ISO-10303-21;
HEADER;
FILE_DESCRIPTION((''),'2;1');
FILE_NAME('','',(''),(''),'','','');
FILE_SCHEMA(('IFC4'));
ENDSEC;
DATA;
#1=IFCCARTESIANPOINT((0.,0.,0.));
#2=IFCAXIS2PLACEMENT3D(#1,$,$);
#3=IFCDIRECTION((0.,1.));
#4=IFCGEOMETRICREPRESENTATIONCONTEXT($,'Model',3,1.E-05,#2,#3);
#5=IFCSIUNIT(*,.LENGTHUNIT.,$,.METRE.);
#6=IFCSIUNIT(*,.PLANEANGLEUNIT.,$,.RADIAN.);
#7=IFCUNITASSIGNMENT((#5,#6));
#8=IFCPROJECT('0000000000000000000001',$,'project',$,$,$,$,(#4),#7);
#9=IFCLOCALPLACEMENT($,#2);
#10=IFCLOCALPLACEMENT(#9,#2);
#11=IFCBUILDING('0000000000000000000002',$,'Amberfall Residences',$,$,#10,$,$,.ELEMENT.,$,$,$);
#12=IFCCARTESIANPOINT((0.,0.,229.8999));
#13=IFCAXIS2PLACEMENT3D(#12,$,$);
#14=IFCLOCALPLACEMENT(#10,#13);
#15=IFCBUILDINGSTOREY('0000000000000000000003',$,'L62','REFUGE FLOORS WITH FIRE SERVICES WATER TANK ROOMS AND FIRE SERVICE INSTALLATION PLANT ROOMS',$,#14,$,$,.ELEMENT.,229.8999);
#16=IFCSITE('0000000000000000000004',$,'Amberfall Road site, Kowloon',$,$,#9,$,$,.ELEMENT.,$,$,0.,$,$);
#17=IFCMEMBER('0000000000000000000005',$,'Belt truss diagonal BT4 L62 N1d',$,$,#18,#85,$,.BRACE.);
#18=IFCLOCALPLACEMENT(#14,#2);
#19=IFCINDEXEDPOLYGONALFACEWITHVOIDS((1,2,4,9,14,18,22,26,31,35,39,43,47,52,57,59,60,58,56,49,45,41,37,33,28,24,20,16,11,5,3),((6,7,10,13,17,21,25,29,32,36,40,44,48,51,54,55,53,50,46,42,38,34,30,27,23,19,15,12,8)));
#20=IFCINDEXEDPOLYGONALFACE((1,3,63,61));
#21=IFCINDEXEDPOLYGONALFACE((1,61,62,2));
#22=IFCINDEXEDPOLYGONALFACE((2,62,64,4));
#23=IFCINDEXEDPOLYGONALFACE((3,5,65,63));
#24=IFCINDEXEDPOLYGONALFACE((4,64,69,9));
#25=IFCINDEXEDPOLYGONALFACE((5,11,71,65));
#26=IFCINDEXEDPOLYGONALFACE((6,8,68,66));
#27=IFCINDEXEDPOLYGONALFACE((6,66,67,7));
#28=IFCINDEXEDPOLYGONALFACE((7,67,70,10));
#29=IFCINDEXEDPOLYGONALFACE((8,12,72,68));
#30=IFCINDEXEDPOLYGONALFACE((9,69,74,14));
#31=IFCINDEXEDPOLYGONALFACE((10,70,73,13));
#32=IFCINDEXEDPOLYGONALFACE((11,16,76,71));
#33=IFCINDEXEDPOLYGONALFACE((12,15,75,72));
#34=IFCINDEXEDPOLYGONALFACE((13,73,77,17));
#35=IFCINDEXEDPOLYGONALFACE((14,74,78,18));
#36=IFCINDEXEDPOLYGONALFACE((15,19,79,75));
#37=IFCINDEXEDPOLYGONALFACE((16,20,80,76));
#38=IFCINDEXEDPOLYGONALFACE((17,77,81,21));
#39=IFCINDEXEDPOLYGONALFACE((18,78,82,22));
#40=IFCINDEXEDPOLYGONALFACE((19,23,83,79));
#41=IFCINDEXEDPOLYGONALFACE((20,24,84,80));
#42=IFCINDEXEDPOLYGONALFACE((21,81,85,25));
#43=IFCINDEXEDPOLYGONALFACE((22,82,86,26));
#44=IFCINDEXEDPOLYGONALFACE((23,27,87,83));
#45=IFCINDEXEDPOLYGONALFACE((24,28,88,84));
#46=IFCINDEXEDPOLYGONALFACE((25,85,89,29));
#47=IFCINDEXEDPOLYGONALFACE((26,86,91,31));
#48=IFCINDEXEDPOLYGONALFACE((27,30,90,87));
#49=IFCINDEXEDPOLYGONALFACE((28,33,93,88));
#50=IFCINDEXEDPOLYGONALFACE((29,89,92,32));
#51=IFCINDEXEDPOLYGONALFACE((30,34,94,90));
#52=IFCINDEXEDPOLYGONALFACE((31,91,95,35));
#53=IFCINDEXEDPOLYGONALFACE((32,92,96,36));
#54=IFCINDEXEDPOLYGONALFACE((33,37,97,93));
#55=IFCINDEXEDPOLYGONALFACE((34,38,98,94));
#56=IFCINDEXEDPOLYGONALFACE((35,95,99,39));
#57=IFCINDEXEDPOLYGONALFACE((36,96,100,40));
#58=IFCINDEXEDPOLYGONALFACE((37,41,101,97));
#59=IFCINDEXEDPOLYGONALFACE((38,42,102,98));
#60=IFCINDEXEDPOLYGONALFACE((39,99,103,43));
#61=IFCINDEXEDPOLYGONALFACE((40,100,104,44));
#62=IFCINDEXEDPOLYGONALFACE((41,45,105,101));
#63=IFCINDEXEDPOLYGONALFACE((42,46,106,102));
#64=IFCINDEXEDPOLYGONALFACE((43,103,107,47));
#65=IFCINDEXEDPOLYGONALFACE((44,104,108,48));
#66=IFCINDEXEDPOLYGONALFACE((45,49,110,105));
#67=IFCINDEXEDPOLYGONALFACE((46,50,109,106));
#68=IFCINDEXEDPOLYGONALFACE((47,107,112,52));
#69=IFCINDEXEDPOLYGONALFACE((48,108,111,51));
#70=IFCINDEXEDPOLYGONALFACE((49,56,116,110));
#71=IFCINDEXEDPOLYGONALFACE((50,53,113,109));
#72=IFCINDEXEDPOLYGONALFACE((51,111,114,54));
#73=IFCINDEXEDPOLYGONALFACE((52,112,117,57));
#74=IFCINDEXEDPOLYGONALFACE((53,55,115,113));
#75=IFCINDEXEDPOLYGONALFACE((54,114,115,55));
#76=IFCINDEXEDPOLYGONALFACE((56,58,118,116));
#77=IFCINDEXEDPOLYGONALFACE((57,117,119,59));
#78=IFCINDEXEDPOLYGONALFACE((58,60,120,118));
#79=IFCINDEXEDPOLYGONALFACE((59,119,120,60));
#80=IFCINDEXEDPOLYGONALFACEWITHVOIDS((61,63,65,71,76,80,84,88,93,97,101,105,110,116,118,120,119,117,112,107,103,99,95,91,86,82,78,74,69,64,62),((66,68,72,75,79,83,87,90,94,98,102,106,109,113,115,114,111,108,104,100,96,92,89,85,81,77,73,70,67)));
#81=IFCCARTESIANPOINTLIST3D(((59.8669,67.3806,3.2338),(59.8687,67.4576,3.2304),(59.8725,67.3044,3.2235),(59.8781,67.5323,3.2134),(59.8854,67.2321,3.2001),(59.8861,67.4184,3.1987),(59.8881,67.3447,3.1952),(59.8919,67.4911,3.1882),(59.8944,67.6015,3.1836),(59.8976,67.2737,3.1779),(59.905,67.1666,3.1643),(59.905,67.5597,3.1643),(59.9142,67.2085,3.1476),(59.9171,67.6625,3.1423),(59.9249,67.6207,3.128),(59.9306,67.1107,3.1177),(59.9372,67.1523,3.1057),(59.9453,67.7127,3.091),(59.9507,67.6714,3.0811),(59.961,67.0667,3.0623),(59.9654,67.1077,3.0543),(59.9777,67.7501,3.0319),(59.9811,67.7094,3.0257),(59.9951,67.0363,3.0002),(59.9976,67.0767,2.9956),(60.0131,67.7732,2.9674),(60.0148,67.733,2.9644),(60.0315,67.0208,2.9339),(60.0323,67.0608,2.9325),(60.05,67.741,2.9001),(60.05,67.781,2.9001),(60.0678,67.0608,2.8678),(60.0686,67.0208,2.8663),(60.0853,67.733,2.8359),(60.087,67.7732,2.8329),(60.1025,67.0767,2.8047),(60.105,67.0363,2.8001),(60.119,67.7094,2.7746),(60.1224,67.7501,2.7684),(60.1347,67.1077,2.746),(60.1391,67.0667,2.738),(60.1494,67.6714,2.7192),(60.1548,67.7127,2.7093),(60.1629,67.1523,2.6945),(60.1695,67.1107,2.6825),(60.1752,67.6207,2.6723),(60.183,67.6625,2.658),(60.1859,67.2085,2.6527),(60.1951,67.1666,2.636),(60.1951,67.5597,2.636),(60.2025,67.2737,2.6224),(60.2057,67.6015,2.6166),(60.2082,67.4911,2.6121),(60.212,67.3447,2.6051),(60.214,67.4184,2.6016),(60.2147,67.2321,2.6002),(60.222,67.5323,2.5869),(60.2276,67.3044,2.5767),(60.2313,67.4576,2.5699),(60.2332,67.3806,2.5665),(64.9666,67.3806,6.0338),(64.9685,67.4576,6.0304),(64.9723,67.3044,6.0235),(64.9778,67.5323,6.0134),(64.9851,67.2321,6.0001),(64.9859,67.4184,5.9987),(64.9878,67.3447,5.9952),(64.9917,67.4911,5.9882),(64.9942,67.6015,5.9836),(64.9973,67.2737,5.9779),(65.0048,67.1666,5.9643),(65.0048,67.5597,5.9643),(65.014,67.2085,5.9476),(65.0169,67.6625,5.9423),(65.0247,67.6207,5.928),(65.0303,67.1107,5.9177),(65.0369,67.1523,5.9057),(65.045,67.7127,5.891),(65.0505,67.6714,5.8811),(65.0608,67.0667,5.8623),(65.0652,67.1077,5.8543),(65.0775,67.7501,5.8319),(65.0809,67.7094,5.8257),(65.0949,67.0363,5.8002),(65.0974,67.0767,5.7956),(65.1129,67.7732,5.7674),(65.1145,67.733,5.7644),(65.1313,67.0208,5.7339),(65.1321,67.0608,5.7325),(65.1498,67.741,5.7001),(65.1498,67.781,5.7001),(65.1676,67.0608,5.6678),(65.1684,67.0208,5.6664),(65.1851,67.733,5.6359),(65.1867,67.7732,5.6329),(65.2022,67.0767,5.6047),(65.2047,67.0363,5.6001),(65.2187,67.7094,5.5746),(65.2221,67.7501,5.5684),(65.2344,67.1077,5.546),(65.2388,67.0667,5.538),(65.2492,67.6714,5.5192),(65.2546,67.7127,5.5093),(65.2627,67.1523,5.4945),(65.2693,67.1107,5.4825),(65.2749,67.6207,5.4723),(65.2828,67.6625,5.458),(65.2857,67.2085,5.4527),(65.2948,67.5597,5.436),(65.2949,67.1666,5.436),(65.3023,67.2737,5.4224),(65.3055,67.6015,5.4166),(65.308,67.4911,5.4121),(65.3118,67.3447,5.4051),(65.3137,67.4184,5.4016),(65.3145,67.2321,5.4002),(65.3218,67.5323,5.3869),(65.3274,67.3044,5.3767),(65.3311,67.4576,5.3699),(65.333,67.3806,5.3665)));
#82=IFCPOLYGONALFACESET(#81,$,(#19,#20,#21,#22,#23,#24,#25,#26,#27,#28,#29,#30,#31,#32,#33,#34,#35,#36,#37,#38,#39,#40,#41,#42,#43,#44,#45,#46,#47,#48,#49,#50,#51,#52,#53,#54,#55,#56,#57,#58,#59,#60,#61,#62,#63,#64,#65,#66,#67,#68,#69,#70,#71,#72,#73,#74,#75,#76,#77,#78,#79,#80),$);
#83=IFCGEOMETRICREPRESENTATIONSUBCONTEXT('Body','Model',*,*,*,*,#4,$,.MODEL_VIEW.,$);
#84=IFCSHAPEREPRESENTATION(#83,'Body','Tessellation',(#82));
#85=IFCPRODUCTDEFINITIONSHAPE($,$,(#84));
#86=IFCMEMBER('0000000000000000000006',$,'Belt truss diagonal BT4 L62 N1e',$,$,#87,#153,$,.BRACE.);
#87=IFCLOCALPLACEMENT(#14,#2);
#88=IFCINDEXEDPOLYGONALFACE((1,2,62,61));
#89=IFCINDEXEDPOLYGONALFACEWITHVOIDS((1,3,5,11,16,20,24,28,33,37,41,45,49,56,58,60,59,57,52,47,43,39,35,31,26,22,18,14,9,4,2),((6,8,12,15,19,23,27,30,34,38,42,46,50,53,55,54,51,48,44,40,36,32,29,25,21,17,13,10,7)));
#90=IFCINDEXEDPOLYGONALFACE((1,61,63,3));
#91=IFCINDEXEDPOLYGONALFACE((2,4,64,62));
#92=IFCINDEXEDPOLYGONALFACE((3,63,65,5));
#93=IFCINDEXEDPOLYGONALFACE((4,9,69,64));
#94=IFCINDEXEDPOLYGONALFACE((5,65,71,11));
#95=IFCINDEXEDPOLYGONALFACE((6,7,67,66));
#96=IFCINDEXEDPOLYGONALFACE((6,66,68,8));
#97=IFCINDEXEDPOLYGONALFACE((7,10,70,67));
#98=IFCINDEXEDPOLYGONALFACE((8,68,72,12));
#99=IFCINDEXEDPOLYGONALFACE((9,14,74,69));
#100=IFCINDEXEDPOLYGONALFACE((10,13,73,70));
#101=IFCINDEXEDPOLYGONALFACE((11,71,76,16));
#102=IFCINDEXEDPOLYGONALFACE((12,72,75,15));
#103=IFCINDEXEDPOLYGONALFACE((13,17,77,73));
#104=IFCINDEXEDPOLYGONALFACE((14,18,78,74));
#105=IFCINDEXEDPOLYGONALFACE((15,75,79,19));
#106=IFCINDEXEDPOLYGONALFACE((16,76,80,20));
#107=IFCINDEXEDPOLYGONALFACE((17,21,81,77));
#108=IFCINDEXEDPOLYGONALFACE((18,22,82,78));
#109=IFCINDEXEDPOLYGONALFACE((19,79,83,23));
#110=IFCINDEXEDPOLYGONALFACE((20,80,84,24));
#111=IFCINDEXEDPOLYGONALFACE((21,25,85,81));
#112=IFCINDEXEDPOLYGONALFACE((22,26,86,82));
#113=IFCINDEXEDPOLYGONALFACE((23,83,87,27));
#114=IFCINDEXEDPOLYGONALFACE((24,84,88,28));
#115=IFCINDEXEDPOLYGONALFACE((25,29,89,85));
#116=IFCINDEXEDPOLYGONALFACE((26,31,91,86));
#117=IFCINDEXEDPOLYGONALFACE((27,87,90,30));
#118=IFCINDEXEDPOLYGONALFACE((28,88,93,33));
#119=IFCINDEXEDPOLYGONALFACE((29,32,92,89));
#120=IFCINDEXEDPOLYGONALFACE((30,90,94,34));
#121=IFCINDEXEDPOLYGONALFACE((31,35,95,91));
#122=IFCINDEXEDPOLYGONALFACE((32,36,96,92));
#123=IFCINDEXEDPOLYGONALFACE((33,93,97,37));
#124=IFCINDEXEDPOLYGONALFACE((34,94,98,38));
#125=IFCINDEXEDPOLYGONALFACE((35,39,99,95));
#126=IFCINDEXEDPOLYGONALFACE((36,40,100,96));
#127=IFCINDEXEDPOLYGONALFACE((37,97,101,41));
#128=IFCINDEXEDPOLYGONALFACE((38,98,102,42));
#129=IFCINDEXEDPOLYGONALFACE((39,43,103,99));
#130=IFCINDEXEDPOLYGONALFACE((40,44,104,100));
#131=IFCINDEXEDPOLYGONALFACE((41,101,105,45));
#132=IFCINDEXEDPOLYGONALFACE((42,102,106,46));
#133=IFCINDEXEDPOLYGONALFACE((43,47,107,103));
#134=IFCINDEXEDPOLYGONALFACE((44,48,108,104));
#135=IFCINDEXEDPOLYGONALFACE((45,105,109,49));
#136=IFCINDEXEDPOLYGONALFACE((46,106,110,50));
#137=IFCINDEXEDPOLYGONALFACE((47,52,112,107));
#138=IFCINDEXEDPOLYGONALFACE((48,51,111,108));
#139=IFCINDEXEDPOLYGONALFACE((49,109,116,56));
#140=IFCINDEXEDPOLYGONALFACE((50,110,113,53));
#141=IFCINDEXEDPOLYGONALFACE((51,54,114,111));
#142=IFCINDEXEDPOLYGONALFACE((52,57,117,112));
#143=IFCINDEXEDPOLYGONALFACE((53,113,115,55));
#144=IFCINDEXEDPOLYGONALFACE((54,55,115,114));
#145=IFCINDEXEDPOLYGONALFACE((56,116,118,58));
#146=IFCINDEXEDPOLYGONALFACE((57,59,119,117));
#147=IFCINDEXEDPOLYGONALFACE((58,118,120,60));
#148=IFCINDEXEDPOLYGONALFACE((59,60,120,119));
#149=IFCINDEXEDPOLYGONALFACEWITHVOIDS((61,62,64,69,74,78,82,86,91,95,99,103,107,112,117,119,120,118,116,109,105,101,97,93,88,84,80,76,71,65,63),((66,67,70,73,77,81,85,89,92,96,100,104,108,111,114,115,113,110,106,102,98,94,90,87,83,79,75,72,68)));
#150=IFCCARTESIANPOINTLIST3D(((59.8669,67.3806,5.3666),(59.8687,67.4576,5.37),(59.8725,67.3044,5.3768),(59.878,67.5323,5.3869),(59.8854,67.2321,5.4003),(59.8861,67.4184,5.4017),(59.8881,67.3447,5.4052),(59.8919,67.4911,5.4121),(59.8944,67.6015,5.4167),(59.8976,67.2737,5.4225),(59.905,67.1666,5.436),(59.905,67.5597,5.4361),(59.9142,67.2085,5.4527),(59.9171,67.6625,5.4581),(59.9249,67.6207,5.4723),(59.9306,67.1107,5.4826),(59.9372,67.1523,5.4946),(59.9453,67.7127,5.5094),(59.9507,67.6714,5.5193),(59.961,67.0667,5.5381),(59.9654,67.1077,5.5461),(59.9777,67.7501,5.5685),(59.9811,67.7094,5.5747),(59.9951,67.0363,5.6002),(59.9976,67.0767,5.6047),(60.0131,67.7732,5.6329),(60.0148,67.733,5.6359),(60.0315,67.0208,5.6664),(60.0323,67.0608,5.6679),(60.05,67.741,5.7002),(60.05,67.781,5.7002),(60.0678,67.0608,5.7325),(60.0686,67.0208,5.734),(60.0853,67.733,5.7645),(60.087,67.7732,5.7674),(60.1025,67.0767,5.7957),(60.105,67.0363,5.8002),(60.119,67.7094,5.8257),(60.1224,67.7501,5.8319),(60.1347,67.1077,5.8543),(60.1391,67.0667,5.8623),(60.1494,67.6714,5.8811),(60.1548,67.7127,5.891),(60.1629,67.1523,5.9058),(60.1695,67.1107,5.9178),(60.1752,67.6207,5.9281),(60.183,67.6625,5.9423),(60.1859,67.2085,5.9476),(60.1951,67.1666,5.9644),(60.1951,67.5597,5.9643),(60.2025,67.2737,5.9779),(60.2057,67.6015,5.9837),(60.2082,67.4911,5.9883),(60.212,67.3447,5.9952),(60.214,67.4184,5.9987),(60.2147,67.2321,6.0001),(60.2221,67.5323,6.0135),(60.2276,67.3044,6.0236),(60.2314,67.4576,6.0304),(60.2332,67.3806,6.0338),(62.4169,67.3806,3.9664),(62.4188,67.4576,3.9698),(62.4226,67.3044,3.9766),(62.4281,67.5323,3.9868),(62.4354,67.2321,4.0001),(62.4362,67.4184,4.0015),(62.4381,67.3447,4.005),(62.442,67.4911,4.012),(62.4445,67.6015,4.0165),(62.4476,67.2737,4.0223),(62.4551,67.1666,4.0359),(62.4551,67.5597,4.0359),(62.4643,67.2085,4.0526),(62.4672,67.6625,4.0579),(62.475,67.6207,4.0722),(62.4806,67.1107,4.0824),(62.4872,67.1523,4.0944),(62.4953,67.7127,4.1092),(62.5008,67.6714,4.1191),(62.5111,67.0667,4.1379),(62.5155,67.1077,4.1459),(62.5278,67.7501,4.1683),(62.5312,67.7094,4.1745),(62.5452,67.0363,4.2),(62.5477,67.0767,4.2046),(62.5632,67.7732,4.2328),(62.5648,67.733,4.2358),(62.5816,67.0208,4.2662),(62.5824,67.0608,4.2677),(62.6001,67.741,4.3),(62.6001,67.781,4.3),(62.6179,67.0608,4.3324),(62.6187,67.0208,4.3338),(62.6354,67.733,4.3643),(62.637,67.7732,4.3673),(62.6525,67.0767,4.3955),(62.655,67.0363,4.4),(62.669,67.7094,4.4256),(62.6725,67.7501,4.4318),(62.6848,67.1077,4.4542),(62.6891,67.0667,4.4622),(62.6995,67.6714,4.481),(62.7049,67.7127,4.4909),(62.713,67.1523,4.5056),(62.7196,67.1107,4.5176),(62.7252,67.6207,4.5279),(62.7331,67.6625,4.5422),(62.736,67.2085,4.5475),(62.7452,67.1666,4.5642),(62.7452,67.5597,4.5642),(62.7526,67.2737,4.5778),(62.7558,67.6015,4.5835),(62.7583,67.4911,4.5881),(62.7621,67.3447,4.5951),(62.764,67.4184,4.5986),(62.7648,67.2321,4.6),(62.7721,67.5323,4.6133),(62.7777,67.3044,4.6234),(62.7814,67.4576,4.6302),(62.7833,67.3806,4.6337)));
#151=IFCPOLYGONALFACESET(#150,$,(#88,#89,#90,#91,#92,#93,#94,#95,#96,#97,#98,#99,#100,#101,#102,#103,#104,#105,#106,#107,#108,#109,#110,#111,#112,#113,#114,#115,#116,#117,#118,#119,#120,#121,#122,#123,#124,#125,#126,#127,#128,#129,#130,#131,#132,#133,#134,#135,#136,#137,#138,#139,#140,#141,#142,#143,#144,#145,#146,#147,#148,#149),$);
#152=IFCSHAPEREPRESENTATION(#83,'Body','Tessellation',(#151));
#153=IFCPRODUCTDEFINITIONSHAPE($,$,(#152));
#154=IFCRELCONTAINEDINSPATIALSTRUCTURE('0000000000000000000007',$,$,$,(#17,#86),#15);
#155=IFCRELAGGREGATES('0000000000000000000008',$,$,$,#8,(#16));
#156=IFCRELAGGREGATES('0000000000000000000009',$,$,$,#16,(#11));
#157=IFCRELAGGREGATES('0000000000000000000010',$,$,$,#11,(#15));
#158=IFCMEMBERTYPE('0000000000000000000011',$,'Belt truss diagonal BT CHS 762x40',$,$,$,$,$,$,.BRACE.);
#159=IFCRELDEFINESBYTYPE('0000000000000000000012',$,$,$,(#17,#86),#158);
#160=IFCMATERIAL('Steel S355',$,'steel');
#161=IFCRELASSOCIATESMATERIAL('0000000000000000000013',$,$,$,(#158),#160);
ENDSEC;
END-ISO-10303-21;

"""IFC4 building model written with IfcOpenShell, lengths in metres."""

from ifc_helpers import new_model, si_unit, direction, frame, origin, origin_2d, place, context, subcontext, project, spatial, hollow_circle, extrude, material, material_profile, profile_set, type_object, element, save


model = new_model("IFC4")

# Units and contexts
model_context = context("Model", 3, precision=1e-05, world=origin(), true_north=direction((0.0, 1.0)))
body_context = subcontext(model_context, "Body", "Model", "MODEL_VIEW")
ifc_project = project(units=[si_unit("LENGTHUNIT", "METRE"), si_unit("PLANEANGLEUNIT", "RADIAN")], contexts=[model_context])

# Site, building, storey
site_placement = place(None, origin())
site = spatial("IfcSite", under=ifc_project, at=site_placement, Name="Amberfall Road site, Kowloon", CompositionType="ELEMENT", RefElevation=0.0)
building_placement = place(site_placement, origin())
building = spatial("IfcBuilding", under=site, at=building_placement, Name="Amberfall Residences", CompositionType="ELEMENT")
storey_placement = place(building_placement, frame((0.0, 0.0, 229.8999)))
storey = spatial("IfcBuildingStorey", under=building, at=storey_placement, Name="L62", Description="REFUGE FLOORS WITH FIRE SERVICES WATER TANK ROOMS AND FIRE SERVICE INSTALLATION PLANT ROOMS", CompositionType="ELEMENT", Elevation=229.8999)

# Shared definitions
ifc_material_1 = material(Name="Steel S355", Category="steel")

# Members
ifc_material_profile_1 = material_profile(ifc_material_1, hollow_circle(Radius=0.3811, WallThickness=0.04, at=origin_2d()), Name="CHS 762x40")
ifc_profile_set_1 = profile_set([ifc_material_profile_1], Name="Steel S355")
member_type = type_object("IfcMemberType", Name="Belt truss diagonal BT CHS 762x40", PredefinedType="BRACE", material=ifc_profile_set_1)
member_1_placement = place(storey_placement, frame((60.05, 67.3999, 2.9001), z_axis=(0.876569, 0.0, 0.481276), x_axis=(0.0, 1.0, 0.0)))
element("IfcMember", 1, at=member_1_placement, inside=storey, type_object=member_type, Name="Belt truss diagonal BT4 L62 N1d", PredefinedType="BRACE", context=body_context, shape_type="SweptSolid", body=[
    extrude(hollow_circle(Radius=0.3811, WallThickness=0.04, at=origin_2d()), origin(), (0.0, 0.0, 1.0), 5.8179),
])
member_2_placement = place(storey_placement, frame((60.05, 67.3999, 5.7002), z_axis=(0.876561, 0.0, -0.48129), x_axis=(0.0, 1.0, 0.0)))
element("IfcMember", 2, at=member_2_placement, inside=storey, type_object=member_type, Name="Belt truss diagonal BT4 L62 N1e", PredefinedType="BRACE", context=body_context, shape_type="SweptSolid", body=[
    extrude(hollow_circle(Radius=0.3811, WallThickness=0.04, at=origin_2d()), origin(), (0.0, 0.0, 1.0), 2.9092),
])

save(model, "model.ifc")
